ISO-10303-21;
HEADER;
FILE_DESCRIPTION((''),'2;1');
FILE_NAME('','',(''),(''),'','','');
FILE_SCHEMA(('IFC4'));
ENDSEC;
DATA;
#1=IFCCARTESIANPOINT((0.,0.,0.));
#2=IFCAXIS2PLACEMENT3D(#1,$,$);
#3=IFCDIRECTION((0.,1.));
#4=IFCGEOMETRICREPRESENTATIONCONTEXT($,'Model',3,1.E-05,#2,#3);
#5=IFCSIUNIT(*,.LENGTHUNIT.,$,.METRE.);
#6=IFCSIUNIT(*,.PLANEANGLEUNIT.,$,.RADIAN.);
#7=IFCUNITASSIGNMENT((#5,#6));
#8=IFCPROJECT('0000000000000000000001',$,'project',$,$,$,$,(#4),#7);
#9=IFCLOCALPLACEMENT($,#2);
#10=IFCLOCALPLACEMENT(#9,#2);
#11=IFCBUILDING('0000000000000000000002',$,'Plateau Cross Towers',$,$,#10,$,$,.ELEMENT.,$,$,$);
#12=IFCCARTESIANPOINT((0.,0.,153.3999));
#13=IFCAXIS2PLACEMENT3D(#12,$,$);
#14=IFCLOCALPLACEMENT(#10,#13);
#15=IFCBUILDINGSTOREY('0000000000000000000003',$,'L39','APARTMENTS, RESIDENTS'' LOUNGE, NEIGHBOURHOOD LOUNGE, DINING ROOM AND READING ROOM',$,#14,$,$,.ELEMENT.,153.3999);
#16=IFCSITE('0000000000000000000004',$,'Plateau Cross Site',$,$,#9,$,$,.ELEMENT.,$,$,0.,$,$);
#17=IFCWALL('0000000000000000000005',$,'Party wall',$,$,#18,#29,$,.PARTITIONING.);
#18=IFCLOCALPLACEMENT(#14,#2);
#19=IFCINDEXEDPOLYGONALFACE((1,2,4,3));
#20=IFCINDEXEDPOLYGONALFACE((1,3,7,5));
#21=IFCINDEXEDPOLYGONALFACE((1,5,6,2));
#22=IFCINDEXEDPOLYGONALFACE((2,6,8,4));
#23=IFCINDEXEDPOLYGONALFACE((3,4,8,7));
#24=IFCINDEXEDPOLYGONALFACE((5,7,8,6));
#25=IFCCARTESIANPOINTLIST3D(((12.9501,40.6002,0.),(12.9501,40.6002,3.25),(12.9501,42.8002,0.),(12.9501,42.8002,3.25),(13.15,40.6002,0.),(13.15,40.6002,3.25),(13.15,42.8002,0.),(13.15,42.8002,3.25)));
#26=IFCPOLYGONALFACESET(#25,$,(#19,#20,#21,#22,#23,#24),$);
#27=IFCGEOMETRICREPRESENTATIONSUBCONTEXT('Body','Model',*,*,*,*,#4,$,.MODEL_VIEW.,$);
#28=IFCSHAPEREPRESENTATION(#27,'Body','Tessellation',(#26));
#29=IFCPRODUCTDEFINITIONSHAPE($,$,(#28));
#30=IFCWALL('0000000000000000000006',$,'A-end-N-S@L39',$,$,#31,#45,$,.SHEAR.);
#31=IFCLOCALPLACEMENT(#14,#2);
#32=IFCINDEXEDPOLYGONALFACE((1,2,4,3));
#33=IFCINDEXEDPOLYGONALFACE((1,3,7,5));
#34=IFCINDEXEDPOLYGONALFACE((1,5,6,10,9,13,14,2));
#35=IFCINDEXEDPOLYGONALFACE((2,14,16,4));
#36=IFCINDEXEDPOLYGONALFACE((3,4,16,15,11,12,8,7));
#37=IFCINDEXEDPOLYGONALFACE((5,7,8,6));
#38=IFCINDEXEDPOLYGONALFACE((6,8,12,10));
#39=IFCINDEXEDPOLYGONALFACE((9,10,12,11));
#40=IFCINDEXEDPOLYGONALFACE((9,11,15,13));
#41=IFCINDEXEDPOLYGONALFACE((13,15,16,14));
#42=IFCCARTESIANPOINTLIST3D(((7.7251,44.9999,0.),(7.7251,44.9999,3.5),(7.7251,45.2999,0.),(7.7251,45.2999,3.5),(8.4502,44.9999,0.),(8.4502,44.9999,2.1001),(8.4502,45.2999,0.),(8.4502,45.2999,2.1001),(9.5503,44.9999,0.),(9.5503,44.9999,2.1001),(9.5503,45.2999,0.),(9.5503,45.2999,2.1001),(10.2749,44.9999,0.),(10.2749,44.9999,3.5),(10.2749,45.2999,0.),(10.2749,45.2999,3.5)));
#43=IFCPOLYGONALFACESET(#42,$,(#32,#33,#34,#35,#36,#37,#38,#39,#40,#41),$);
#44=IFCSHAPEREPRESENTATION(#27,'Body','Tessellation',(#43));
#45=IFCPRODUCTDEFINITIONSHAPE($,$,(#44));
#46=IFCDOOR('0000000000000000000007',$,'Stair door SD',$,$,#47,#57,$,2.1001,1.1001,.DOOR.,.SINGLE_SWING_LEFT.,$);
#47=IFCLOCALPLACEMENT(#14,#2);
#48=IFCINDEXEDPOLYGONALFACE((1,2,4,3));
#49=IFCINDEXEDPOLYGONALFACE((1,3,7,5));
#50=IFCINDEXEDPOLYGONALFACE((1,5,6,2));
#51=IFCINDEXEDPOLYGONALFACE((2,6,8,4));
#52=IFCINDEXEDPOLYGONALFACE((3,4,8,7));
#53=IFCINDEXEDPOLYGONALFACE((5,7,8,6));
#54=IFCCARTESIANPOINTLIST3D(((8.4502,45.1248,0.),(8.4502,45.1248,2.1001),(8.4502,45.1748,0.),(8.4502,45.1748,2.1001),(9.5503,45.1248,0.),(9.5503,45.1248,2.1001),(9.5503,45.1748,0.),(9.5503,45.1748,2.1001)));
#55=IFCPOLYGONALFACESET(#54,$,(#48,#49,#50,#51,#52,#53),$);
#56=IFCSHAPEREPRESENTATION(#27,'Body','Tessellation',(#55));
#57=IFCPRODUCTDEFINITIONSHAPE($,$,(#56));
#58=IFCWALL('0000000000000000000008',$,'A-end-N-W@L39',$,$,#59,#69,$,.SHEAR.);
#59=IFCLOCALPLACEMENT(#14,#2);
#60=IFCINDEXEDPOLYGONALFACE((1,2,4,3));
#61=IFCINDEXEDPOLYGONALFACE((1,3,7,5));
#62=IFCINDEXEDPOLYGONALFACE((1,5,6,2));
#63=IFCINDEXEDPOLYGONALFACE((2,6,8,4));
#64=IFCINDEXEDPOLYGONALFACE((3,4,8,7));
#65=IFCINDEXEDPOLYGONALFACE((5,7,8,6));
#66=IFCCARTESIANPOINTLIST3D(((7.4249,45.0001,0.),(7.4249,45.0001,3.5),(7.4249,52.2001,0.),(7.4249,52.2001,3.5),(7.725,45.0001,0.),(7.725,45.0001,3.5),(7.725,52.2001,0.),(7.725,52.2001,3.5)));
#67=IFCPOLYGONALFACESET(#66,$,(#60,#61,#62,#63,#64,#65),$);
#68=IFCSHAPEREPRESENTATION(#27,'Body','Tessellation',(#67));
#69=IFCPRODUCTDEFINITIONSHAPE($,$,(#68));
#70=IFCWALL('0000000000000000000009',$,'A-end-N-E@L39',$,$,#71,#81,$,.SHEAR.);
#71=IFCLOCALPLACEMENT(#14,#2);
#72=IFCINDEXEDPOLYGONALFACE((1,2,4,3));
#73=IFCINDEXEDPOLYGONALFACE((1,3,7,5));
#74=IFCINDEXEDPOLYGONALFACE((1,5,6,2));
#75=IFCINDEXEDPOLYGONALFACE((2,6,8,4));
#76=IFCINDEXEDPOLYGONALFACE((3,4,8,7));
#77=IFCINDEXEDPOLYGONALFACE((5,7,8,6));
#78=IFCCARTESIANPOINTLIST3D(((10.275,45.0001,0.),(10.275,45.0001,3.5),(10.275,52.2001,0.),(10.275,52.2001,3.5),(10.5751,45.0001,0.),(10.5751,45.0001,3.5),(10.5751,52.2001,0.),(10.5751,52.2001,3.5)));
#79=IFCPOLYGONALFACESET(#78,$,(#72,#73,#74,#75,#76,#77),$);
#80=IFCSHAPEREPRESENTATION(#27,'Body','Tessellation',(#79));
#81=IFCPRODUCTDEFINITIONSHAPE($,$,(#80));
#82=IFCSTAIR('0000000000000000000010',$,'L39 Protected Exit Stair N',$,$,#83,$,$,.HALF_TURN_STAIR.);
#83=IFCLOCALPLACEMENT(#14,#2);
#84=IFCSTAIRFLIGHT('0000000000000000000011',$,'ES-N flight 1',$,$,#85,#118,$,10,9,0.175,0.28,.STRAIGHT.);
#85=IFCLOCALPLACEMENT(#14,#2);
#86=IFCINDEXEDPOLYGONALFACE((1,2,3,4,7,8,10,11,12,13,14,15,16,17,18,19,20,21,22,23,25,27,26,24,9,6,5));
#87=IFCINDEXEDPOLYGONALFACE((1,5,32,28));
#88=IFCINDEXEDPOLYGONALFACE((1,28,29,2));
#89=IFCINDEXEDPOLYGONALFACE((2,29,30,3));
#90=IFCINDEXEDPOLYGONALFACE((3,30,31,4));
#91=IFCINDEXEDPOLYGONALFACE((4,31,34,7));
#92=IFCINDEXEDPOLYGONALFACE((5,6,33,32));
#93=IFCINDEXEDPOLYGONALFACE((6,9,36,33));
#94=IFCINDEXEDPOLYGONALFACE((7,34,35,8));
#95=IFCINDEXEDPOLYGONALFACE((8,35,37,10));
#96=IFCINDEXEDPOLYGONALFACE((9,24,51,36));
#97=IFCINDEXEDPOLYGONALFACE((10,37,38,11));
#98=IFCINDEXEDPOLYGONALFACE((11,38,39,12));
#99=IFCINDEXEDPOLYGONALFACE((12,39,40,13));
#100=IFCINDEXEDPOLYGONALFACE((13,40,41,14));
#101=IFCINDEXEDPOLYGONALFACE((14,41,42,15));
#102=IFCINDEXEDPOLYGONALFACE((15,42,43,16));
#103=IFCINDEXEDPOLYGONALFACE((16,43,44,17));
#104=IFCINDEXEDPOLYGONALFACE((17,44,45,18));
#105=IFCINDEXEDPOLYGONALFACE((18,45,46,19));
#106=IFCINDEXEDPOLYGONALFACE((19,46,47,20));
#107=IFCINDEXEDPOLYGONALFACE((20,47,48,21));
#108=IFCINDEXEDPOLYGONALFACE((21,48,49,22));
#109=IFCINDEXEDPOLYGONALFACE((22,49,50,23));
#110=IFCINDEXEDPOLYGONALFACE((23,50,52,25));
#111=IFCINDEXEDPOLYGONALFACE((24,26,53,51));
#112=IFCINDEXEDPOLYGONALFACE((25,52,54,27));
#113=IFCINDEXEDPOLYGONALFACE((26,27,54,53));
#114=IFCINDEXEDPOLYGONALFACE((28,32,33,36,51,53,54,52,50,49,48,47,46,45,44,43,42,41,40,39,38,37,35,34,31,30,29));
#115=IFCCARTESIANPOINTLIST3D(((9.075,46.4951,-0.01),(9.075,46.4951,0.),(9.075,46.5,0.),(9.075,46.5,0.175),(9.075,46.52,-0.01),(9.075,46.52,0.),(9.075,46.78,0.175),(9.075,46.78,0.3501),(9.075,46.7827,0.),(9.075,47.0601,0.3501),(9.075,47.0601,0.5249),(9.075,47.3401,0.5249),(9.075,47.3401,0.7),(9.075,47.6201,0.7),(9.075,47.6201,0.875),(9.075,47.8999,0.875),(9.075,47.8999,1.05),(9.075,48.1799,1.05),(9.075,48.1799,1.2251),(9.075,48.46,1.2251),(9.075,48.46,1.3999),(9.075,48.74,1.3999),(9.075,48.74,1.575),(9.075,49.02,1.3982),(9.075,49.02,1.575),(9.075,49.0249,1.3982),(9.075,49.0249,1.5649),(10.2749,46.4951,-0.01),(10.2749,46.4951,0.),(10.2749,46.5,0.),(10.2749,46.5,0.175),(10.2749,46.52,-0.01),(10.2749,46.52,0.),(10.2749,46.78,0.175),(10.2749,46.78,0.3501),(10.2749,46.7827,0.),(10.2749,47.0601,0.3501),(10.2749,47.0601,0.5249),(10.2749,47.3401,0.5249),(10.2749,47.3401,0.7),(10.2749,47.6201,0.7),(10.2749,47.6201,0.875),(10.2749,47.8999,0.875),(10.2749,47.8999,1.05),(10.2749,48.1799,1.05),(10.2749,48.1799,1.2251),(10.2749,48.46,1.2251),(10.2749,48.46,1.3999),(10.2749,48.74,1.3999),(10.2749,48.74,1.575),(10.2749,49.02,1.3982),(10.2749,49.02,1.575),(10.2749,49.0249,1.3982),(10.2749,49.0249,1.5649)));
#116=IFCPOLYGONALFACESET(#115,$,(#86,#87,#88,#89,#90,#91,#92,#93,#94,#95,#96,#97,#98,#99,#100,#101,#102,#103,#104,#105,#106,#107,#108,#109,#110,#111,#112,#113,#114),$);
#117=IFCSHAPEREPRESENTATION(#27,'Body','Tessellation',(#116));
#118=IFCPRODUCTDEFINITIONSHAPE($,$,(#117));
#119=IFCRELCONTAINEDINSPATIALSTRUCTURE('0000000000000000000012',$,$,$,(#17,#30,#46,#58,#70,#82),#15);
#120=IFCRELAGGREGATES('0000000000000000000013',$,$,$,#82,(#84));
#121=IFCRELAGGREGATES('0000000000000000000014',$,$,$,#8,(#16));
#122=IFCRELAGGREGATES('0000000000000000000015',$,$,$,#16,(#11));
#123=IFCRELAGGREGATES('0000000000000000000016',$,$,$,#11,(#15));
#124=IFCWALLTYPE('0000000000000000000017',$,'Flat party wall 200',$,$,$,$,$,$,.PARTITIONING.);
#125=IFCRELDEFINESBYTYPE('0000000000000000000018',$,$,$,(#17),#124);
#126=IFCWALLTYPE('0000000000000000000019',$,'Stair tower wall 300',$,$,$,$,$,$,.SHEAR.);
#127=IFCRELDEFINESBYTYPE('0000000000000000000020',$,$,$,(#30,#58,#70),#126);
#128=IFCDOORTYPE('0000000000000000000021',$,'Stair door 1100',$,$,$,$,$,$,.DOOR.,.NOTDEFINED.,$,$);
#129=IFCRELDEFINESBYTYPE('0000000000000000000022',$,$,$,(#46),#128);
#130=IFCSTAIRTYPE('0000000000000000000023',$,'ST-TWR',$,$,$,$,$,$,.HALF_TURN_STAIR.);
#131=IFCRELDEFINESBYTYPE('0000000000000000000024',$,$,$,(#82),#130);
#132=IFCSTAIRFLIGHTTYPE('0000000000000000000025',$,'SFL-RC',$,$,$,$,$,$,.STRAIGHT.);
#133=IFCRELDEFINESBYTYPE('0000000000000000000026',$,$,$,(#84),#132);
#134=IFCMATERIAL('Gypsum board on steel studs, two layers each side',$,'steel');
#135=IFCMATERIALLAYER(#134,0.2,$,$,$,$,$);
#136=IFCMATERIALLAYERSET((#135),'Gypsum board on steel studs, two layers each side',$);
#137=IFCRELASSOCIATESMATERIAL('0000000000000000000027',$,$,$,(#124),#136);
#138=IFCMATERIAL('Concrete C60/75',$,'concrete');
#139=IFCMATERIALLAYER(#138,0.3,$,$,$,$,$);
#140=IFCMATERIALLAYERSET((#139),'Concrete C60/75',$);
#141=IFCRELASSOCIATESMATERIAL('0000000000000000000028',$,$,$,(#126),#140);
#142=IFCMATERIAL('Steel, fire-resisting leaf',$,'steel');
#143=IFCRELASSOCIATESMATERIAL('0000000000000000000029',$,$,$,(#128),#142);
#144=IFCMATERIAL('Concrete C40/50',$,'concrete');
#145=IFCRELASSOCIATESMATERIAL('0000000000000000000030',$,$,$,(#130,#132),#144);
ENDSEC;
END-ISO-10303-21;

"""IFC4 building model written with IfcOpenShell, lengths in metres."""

from ifc_helpers import new_model, si_unit, direction, frame, frame_2d, origin, place, context, subcontext, project, spatial, polyline, rectangle, outline, extrude, material, layer, layer_set, type_object, element, fill, aggregate, save


model = new_model("IFC4")

# Units and contexts
model_context = context("Model", 3, precision=1e-05, world=origin(), true_north=direction((0.0, 1.0)))
body_context = subcontext(model_context, "Body", "Model", "MODEL_VIEW")
ifc_project = project(units=[si_unit("LENGTHUNIT", "METRE"), si_unit("PLANEANGLEUNIT", "RADIAN")], contexts=[model_context])

# Site, building, storey
site_placement = place(None, origin())
site = spatial("IfcSite", under=ifc_project, at=site_placement, Name="Plateau Cross Site", CompositionType="ELEMENT", RefElevation=0.0)
building_placement = place(site_placement, origin())
building = spatial("IfcBuilding", under=site, at=building_placement, Name="Plateau Cross Towers", CompositionType="ELEMENT")
storey_placement = place(building_placement, frame((0.0, 0.0, 153.3999)))
storey = spatial("IfcBuildingStorey", under=building, at=storey_placement, Name="L39", Description="APARTMENTS, RESIDENTS' LOUNGE, NEIGHBOURHOOD LOUNGE, DINING ROOM AND READING ROOM", CompositionType="ELEMENT", Elevation=153.3999)

# Wall
ifc_material_1 = material(Name="Gypsum board on steel studs, two layers each side", Category="steel")
ifc_layer_1 = layer(ifc_material_1, 0.2)
ifc_layer_set_1 = layer_set([ifc_layer_1], Name="Gypsum board on steel studs, two layers each side")
wall_type_1 = type_object("IfcWallType", Name="Flat party wall 200", PredefinedType="PARTITIONING", material=ifc_layer_set_1)
wall_1_placement = place(storey_placement, frame((13.05, 40.6001, 0.0), z_axis=(0.0, 0.0, 1.0), x_axis=(0.0, 1.0, 0.0)))
element("IfcWall", 1, at=wall_1_placement, inside=storey, type_object=wall_type_1, Name="Party wall", PredefinedType="PARTITIONING", context=body_context, shape_type="SweptSolid", body=[
    extrude(rectangle(XDim=2.2, YDim=0.2, at=frame_2d((1.1001, 0.0))), origin(), (0.0, 0.0, 1.0), 3.25),
])

# Wall, opening, door
ifc_material_2 = material(Name="Concrete C60/75", Category="concrete")
ifc_layer_2 = layer(ifc_material_2, 0.3)
ifc_layer_set_2 = layer_set([ifc_layer_2], Name="Concrete C60/75")
wall_type_2 = type_object("IfcWallType", Name="Stair tower wall 300", PredefinedType="SHEAR", material=ifc_layer_set_2)
wall_2_placement = place(storey_placement, frame((7.7251, 45.1499, 0.0), z_axis=(0.0, 0.0, 1.0), x_axis=(1.0, 0.0, 0.0)))
wall_2 = element("IfcWall", 2, at=wall_2_placement, inside=storey, type_object=wall_type_2, Name="A-end-N-S@L39", PredefinedType="SHEAR", context=body_context, shape_type="SweptSolid", body=[
    extrude(rectangle(XDim=2.5498, YDim=0.3, at=frame_2d((1.2749, 0.0))), origin(), (0.0, 0.0, 1.0), 3.5),
])
opening_1_placement = place(wall_2_placement, frame((0.7251, 0.0, 0.0)))
opening_1 = element("IfcOpeningElement", 3, at=opening_1_placement, cuts=wall_2, PredefinedType="OPENING", context=body_context, shape_type="SweptSolid", body=[
    extrude(rectangle(XDim=1.1001, YDim=2.1001, at=frame_2d((0.55, 1.05))), frame((0.0, 0.1599, 0.0), z_axis=(0.0, -1.0, 0.0), x_axis=(1.0, 0.0, 0.0)), (0.0, 0.0, 1.0), 0.3201),
])
ifc_material_3 = material(Name="Steel, fire-resisting leaf", Category="steel")
door_type_1 = type_object("IfcDoorType", Name="Stair door 1100", OperationType="NOTDEFINED", PredefinedType="DOOR", material=ifc_material_3)
door_1_placement = place(opening_1_placement, origin())
door_1 = element("IfcDoor", 4, at=door_1_placement, inside=storey, type_object=door_type_1, Name="Stair door SD", OperationType="SINGLE_SWING_LEFT", OverallHeight=2.1001, OverallWidth=1.1001, PredefinedType="DOOR", context=body_context, shape_type="SweptSolid", body=[
    extrude(rectangle(XDim=1.1001, YDim=2.1001, at=frame_2d((0.55, 1.05))), frame((0.0, 0.0249, 0.0), z_axis=(0.0, -1.0, 0.0), x_axis=(1.0, 0.0, 0.0)), (0.0, 0.0, 1.0), 0.05),
])
fill(opening_1, door_1)

# Walls
for number, where, z_axis, x_axis, name in (
    (5, (7.575, 45.0, 0.0), (0.0, 0.0, 1.0), (0.0, 1.0, 0.0), "A-end-N-W@L39"),
    (6, (10.425, 45.0, 0.0), (0.0, 0.0, 1.0), (0.0, 1.0, 0.0), "A-end-N-E@L39"),
):
    element("IfcWall", number, at=place(storey_placement, frame(where, z_axis=z_axis, x_axis=x_axis)), inside=storey, type_object=wall_type_2, Name=name, PredefinedType="SHEAR", context=body_context, shape_type="SweptSolid", body=[
        extrude(rectangle(XDim=7.2, YDim=0.3, at=frame_2d((3.6001, 0.0))), origin(), (0.0, 0.0, 1.0), 3.5),
    ])

# Stair, stair flight
ifc_material_4 = material(Name="Concrete C40/50", Category="concrete")
stair_type = type_object("IfcStairType", Name="ST-TWR", PredefinedType="HALF_TURN_STAIR", material=ifc_material_4)
stair_placement = place(storey_placement, origin())
stair = element("IfcStair", 7, at=stair_placement, inside=storey, type_object=stair_type, Name="L39 Protected Exit Stair N", PredefinedType="HALF_TURN_STAIR")
stair_flight_type = type_object("IfcStairFlightType", Name="SFL-RC", PredefinedType="STRAIGHT", material=ifc_material_4)
stair_flight_placement = place(storey_placement, frame((9.675, 46.5, 0.0), z_axis=(0.0, 0.0, 1.0), x_axis=(0.0, 1.0, 0.0)))
stair_flight = element("IfcStairFlight", 8, at=stair_flight_placement, type_object=stair_flight_type, Name="ES-N flight 1", NumberOfRisers=10, NumberOfTreads=9, PredefinedType="STRAIGHT", RiserHeight=0.175, TreadLength=0.28, context=body_context, shape_type="SweptSolid", body=[
    extrude(outline(polyline([(-0.0049, -0.01), (-0.0049, 0.0), (0.0, 0.0), (0.0, 0.175), (0.28, 0.175), (0.28, 0.3501), (0.5601, 0.3501), (0.5601, 0.5249), (0.8401, 0.5249), (0.8401, 0.7), (1.1201, 0.7), (1.1201, 0.875), (1.3999, 0.875), (1.3999, 1.05), (1.6799, 1.05), (1.6799, 1.2251), (1.96, 1.2251), (1.96, 1.3999), (2.24, 1.3999), (2.24, 1.575), (2.52, 1.575), (2.5249, 1.5649), (2.5249, 1.3982), (2.52, 1.3982), (0.2827, 0.0), (0.02, 0.0), (0.02, -0.01), (-0.0049, -0.01)])), frame((0.0, 0.6001, 0.0), z_axis=(0.0, -1.0, 0.0), x_axis=(1.0, 0.0, 0.0)), (0.0, 0.0, 1.0), 1.2),
])
aggregate(stair, [stair_flight])

save(model, "model.ifc")
